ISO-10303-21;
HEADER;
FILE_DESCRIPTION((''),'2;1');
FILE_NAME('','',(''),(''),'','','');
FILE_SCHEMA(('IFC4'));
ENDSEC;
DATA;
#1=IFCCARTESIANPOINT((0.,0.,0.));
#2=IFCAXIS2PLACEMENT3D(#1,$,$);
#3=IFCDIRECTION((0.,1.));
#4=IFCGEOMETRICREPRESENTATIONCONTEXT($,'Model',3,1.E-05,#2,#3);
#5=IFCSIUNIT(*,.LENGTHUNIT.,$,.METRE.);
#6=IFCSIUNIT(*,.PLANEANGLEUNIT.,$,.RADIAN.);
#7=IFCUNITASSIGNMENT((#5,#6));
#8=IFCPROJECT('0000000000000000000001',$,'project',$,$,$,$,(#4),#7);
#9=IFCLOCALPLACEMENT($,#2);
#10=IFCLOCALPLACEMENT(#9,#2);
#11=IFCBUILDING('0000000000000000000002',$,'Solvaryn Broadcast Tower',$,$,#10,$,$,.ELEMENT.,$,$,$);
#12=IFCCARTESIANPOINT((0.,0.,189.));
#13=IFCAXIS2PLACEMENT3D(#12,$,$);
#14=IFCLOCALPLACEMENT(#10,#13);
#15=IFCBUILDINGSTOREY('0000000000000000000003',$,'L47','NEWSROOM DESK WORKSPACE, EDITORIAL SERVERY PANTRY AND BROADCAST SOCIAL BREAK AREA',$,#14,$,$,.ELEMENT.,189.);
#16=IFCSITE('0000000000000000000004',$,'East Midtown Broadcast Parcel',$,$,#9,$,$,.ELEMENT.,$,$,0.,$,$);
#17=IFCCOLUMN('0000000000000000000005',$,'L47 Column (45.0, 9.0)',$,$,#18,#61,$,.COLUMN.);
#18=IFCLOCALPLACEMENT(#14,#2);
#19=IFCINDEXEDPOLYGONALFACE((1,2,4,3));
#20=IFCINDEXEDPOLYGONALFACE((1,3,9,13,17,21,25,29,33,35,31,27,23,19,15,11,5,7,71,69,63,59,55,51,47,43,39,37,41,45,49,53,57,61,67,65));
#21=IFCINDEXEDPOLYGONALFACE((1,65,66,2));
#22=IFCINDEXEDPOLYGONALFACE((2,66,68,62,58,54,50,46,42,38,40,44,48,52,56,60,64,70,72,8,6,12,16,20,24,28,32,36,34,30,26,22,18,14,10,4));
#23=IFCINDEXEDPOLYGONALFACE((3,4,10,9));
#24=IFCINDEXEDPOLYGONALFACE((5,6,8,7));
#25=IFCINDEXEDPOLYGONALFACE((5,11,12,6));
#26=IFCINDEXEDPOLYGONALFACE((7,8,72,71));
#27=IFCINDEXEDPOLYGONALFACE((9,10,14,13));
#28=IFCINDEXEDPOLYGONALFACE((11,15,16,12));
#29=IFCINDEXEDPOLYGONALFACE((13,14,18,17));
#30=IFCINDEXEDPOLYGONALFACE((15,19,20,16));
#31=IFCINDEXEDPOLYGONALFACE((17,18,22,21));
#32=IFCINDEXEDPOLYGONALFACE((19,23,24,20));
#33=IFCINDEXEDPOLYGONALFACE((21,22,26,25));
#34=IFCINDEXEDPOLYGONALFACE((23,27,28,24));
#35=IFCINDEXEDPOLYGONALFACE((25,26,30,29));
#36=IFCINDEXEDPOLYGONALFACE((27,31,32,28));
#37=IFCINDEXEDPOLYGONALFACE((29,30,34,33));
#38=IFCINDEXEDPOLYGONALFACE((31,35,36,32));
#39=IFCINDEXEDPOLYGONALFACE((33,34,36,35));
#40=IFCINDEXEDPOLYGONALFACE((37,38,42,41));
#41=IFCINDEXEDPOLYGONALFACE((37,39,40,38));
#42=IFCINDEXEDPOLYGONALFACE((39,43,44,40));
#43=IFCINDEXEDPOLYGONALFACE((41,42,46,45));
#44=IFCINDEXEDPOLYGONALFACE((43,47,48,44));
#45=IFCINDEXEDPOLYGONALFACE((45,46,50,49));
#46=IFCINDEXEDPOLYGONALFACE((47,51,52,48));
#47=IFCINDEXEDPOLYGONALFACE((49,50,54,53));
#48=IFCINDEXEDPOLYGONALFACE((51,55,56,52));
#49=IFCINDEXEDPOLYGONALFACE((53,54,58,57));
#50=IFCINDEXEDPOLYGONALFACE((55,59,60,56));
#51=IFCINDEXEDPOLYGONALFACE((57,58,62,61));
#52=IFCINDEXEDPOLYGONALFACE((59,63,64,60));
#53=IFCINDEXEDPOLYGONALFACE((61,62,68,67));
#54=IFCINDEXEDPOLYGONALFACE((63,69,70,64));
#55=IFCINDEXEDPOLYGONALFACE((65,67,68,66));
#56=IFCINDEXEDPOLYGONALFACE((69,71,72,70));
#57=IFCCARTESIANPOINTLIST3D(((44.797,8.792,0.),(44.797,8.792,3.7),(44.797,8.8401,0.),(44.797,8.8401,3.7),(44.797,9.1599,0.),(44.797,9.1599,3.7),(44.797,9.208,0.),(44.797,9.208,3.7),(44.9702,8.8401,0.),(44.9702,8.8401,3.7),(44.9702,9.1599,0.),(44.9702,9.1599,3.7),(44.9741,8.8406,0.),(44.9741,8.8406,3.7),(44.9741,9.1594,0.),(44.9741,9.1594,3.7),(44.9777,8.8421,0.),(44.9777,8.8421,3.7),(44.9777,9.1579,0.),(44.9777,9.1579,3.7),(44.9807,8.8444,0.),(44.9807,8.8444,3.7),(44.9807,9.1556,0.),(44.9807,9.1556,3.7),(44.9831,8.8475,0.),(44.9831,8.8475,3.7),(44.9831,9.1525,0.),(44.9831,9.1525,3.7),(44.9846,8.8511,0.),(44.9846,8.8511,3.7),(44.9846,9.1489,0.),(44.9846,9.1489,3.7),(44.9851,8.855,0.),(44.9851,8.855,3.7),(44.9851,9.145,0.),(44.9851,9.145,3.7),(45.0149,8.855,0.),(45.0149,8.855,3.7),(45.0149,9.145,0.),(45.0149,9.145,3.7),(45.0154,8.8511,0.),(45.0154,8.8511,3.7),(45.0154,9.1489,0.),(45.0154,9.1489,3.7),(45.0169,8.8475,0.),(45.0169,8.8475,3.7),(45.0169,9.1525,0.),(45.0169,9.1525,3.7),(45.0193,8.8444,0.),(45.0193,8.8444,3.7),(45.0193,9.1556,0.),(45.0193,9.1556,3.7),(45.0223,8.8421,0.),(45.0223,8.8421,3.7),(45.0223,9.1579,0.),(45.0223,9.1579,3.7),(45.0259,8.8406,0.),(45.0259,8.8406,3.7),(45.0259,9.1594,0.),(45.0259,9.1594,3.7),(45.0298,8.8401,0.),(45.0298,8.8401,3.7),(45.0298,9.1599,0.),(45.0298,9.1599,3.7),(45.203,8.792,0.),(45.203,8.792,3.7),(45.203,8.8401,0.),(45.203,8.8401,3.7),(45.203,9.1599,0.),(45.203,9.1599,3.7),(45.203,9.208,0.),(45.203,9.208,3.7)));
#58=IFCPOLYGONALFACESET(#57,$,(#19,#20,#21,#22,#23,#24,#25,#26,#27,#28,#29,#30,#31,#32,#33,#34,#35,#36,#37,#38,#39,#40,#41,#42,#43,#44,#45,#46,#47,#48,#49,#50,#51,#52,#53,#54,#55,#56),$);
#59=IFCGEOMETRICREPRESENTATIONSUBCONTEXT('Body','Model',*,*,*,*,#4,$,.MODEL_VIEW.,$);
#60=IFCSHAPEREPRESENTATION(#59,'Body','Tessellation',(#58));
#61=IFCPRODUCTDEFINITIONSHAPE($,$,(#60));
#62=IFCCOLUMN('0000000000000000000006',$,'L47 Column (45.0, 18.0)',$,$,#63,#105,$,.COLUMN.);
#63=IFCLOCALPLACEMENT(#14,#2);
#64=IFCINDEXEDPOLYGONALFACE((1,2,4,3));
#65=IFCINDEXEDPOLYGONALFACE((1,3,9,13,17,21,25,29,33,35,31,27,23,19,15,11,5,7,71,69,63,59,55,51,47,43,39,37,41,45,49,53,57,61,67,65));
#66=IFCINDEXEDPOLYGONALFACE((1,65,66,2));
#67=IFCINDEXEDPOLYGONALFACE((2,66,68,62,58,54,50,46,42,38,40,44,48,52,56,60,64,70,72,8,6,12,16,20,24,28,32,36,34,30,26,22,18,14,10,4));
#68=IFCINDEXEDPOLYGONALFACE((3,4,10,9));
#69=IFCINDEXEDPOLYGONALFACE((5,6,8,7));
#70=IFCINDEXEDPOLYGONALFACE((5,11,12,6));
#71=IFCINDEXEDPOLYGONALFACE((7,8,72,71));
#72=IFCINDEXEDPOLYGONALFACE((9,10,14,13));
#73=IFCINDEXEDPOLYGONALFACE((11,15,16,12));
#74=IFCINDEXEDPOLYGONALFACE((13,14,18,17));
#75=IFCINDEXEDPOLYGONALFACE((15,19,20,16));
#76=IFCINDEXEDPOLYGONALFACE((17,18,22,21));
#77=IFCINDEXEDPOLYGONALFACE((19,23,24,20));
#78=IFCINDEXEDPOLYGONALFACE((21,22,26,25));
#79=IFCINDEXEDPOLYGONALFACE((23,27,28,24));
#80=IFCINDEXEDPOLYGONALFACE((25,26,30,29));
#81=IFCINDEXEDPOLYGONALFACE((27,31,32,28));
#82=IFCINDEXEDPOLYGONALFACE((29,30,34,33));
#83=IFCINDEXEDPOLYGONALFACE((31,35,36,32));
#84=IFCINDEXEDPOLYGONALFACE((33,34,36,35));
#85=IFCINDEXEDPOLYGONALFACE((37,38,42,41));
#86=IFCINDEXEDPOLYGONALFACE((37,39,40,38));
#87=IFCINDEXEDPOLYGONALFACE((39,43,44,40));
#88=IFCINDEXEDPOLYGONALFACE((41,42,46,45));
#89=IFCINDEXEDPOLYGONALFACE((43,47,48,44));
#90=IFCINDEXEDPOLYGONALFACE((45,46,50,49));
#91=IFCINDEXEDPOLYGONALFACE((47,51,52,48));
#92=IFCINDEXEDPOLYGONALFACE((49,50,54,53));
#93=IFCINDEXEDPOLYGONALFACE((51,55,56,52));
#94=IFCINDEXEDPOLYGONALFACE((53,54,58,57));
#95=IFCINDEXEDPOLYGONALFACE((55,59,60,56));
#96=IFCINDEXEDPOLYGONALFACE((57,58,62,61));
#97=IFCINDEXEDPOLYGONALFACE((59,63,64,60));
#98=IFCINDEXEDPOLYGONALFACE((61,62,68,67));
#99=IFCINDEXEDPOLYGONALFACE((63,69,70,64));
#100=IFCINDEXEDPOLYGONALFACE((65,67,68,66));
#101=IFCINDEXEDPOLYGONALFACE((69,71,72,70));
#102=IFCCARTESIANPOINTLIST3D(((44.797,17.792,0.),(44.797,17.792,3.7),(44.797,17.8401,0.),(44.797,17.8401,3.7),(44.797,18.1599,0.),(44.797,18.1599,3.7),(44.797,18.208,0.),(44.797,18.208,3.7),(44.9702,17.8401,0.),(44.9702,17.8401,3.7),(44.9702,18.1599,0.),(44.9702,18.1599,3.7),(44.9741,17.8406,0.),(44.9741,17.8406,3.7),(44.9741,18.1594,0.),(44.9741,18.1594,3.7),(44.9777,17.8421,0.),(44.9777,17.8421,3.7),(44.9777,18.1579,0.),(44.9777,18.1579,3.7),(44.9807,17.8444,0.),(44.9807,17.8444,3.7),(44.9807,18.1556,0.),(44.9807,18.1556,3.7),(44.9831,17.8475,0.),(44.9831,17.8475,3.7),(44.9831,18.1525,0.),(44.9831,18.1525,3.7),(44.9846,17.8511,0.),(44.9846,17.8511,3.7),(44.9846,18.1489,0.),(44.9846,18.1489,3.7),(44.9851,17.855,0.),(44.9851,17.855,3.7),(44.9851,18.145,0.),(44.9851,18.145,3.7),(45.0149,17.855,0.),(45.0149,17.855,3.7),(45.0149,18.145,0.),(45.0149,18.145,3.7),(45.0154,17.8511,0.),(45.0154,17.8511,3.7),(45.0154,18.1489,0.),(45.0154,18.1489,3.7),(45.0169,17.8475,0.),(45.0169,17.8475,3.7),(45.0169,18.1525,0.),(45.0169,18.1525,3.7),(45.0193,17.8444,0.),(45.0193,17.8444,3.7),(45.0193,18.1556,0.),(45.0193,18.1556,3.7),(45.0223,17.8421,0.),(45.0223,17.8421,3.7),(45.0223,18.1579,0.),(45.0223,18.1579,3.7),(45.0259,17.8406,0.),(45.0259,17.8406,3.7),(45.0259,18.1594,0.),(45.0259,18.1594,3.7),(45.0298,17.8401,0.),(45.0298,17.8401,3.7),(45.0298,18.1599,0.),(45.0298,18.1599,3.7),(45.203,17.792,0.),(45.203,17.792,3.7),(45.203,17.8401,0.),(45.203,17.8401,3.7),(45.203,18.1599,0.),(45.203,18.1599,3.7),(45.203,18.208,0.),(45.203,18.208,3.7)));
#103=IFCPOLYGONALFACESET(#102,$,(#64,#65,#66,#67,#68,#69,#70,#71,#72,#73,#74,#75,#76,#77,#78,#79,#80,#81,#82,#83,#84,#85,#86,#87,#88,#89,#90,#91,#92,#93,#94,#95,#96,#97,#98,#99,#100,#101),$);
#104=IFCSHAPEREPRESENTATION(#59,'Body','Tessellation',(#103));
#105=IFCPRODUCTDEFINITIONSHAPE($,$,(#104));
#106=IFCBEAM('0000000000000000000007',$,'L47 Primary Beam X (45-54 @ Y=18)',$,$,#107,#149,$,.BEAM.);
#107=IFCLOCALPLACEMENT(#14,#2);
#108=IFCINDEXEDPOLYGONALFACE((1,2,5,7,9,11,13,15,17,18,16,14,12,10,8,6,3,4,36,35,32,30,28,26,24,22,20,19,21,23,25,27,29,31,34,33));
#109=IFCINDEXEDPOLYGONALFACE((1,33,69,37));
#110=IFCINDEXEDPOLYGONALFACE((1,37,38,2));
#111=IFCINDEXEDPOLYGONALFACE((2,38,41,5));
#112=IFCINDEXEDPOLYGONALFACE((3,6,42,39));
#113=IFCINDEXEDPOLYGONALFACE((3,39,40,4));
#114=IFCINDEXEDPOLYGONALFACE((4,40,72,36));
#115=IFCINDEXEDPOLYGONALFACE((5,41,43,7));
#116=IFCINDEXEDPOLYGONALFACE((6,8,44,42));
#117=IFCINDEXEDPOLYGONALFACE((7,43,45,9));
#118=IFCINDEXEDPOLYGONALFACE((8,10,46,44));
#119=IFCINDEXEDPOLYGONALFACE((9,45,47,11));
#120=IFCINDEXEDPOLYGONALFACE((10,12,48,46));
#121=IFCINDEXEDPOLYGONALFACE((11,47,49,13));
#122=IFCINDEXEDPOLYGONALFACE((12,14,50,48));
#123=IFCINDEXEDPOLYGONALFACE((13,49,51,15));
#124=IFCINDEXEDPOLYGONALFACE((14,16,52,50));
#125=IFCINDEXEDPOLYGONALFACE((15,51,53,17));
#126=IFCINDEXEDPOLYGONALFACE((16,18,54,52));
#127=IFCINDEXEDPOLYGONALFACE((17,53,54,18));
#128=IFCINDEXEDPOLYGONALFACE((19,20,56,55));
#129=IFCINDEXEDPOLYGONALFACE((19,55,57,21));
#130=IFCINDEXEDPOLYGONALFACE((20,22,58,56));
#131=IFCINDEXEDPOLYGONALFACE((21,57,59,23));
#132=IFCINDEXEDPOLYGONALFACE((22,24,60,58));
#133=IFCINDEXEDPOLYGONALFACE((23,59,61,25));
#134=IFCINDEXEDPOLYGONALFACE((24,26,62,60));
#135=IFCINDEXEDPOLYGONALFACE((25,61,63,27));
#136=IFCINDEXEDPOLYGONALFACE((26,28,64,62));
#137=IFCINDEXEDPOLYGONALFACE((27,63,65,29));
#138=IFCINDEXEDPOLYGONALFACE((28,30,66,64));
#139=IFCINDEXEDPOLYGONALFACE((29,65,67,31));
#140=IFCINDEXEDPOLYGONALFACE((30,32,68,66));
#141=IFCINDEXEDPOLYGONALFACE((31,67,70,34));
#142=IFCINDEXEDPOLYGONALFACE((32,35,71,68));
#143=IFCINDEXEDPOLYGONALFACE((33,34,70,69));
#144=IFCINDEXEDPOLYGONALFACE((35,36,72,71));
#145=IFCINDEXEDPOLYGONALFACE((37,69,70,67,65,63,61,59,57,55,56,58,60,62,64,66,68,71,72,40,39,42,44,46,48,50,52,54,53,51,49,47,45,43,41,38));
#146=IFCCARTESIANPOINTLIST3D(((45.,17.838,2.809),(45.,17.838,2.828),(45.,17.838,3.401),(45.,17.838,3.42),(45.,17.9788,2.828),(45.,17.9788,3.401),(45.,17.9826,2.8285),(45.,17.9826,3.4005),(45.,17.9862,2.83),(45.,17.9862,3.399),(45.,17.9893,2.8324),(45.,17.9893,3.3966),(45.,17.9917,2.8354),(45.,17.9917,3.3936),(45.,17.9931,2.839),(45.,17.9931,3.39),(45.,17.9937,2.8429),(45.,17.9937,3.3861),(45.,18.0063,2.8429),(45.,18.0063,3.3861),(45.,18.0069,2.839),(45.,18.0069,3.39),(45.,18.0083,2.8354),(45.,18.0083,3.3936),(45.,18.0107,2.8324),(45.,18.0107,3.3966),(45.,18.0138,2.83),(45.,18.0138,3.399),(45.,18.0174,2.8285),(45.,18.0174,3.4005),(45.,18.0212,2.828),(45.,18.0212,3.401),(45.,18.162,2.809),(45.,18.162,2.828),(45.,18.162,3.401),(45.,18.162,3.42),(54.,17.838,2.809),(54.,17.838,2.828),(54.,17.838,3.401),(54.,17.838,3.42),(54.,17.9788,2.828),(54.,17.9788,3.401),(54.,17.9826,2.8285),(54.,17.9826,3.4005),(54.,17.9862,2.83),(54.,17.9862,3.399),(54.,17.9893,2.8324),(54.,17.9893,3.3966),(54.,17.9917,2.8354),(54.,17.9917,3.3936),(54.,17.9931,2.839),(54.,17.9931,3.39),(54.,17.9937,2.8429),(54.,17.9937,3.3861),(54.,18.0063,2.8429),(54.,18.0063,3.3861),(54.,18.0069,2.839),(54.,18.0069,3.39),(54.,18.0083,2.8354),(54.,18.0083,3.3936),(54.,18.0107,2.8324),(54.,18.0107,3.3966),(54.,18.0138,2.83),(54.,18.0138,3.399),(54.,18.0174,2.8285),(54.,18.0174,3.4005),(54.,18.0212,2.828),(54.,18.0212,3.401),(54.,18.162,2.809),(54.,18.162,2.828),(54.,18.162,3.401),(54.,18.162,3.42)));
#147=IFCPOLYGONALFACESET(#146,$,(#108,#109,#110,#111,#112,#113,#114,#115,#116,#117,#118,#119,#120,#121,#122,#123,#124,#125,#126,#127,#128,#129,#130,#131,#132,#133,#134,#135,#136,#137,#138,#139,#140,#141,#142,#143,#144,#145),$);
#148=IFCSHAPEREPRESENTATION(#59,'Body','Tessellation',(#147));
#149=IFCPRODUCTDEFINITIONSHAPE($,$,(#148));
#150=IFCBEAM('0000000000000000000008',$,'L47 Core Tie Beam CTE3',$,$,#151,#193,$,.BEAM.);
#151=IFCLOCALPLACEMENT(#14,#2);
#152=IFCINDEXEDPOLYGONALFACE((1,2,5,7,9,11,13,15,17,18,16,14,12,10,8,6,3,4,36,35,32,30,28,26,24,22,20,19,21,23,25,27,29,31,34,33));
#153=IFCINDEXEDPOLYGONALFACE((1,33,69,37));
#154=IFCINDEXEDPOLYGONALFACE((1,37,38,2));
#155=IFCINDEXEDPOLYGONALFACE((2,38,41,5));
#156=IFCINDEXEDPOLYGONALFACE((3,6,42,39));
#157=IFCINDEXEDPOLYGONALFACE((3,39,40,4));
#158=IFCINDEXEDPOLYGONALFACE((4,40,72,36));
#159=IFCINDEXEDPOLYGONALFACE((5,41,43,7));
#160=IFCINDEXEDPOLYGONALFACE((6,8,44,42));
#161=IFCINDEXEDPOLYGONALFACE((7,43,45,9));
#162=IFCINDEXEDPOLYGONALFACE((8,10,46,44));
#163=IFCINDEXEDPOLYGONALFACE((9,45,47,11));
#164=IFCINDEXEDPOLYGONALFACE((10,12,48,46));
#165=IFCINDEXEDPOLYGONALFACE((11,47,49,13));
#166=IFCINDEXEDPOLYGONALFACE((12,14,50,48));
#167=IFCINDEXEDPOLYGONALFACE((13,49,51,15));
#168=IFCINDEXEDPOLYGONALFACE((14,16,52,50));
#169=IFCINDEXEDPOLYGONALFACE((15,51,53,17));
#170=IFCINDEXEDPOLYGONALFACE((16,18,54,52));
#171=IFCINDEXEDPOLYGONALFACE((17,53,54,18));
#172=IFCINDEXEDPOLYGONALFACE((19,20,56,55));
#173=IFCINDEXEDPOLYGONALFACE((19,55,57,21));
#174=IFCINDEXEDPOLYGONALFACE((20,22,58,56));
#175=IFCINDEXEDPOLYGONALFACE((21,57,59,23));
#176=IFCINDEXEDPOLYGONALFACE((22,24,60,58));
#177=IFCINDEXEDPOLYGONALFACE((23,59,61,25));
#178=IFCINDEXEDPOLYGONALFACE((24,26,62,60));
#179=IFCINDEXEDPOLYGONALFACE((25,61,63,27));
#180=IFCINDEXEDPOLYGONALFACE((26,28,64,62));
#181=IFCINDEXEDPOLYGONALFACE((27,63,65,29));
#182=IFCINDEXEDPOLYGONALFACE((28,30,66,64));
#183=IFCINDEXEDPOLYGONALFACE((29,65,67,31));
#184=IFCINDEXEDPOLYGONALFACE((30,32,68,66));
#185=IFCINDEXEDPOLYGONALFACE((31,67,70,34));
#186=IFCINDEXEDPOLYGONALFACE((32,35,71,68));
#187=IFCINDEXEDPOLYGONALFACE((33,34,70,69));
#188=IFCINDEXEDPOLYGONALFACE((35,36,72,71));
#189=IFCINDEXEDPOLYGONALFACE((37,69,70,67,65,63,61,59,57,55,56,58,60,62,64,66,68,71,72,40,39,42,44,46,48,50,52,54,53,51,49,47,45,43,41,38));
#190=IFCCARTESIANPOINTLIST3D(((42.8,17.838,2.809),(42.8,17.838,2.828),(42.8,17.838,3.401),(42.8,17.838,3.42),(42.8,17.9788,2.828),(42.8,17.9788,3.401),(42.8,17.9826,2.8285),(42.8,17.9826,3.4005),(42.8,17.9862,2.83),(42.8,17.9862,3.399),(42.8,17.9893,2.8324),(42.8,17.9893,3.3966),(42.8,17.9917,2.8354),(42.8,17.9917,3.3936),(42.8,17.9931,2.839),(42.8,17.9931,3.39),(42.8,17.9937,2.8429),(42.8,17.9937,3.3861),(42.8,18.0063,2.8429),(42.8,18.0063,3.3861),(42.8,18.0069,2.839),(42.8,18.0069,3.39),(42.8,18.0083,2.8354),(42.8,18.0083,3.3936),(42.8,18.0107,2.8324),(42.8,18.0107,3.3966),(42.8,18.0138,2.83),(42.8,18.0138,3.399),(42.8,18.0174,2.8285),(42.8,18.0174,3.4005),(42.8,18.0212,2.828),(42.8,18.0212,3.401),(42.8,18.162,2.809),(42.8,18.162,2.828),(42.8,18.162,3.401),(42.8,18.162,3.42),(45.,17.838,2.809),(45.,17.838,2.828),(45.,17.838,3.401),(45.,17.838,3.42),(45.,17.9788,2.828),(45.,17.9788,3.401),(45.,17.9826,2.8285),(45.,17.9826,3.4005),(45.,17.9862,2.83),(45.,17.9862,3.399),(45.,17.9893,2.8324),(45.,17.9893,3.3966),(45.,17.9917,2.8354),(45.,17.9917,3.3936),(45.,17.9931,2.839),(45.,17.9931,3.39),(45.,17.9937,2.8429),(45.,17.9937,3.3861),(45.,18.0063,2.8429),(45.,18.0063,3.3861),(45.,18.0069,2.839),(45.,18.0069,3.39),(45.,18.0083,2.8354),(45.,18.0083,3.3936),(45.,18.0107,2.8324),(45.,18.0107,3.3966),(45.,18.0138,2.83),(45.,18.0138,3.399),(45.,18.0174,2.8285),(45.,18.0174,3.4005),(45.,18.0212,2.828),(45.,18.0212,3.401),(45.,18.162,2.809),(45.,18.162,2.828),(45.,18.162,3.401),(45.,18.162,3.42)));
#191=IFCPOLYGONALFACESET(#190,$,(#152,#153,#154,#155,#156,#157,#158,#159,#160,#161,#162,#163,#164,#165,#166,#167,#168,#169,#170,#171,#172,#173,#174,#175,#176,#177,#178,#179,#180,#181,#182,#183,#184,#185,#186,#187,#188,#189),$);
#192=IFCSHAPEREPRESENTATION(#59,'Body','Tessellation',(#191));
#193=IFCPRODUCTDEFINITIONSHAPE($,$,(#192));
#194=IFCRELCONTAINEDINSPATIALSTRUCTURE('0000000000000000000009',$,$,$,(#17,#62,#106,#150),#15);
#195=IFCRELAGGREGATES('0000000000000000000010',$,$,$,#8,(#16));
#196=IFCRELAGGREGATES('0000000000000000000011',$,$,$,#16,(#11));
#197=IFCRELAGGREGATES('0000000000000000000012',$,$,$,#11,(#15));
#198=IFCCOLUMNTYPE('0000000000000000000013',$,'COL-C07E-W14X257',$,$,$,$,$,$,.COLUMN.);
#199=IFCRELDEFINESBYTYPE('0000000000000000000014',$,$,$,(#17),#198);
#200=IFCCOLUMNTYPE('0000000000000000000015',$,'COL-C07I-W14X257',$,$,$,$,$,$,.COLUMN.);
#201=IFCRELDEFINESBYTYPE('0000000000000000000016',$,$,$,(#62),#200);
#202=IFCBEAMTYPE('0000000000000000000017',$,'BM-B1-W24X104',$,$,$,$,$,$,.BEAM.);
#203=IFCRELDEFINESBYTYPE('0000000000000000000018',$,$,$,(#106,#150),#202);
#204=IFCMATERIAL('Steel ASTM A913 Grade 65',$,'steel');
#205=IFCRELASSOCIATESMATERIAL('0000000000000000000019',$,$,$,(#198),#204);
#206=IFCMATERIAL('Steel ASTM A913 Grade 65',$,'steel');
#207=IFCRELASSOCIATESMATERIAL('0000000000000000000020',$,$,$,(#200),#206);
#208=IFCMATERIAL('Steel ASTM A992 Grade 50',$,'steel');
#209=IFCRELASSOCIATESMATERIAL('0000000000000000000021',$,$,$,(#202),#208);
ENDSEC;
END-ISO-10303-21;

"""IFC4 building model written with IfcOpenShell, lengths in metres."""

from ifc_helpers import new_model, si_unit, direction, frame, origin, origin_2d, place, context, subcontext, project, spatial, i_section, extrude, material, material_profile, profile_set, type_object, element, save


model = new_model("IFC4")

# Units and contexts
model_context = context("Model", 3, precision=1e-05, world=origin(), true_north=direction((0.0, 1.0)))
body_context = subcontext(model_context, "Body", "Model", "MODEL_VIEW")
ifc_project = project(units=[si_unit("LENGTHUNIT", "METRE"), si_unit("PLANEANGLEUNIT", "RADIAN")], contexts=[model_context])

# Site, building, storey
site_placement = place(None, origin())
site = spatial("IfcSite", under=ifc_project, at=site_placement, Name="East Midtown Broadcast Parcel", CompositionType="ELEMENT", RefElevation=0.0)
building_placement = place(site_placement, origin())
building = spatial("IfcBuilding", under=site, at=building_placement, Name="Solvaryn Broadcast Tower", CompositionType="ELEMENT")
storey_placement = place(building_placement, frame((0.0, 0.0, 189.0)))
storey = spatial("IfcBuildingStorey", under=building, at=storey_placement, Name="L47", Description="NEWSROOM DESK WORKSPACE, EDITORIAL SERVERY PANTRY AND BROADCAST SOCIAL BREAK AREA", CompositionType="ELEMENT", Elevation=189.0)

# Columns
ifc_material_1 = material(Name="Steel ASTM A913 Grade 65", Category="steel")
ifc_material_profile_1 = material_profile(ifc_material_1, i_section(OverallWidth=0.406, OverallDepth=0.416, WebThickness=0.0298, FlangeThickness=0.0481, FilletRadius=0.0149, at=origin_2d()))
ifc_profile_set_1 = profile_set([ifc_material_profile_1], Name="Steel ASTM A913 Grade 65")
column_type_1 = type_object("IfcColumnType", Name="COL-C07E-W14X257", PredefinedType="COLUMN", material=ifc_profile_set_1)
column_1_placement = place(storey_placement, frame((45.0, 9.0, 0.0), z_axis=(0.0, 0.0, 1.0), x_axis=(1.0, 0.0, 0.0)))
element("IfcColumn", 1, at=column_1_placement, inside=storey, type_object=column_type_1, Name="L47 Column (45.0, 9.0)", PredefinedType="COLUMN", context=body_context, shape_type="SweptSolid", body=[
    extrude(i_section(OverallWidth=0.406, OverallDepth=0.416, WebThickness=0.0298, FlangeThickness=0.0481, FilletRadius=0.0149, at=origin_2d()), origin(), (0.0, 0.0, 1.0), 3.7),
])
ifc_material_2 = material(Name="Steel ASTM A913 Grade 65", Category="steel")
ifc_material_profile_2 = material_profile(ifc_material_2, i_section(OverallWidth=0.406, OverallDepth=0.416, WebThickness=0.0298, FlangeThickness=0.0481, FilletRadius=0.0149, at=origin_2d()))
ifc_profile_set_2 = profile_set([ifc_material_profile_2], Name="Steel ASTM A913 Grade 65")
column_type_2 = type_object("IfcColumnType", Name="COL-C07I-W14X257", PredefinedType="COLUMN", material=ifc_profile_set_2)
column_2_placement = place(storey_placement, frame((45.0, 18.0, 0.0), z_axis=(0.0, 0.0, 1.0), x_axis=(1.0, 0.0, 0.0)))
element("IfcColumn", 2, at=column_2_placement, inside=storey, type_object=column_type_2, Name="L47 Column (45.0, 18.0)", PredefinedType="COLUMN", context=body_context, shape_type="SweptSolid", body=[
    extrude(i_section(OverallWidth=0.406, OverallDepth=0.416, WebThickness=0.0298, FlangeThickness=0.0481, FilletRadius=0.0149, at=origin_2d()), origin(), (0.0, 0.0, 1.0), 3.7),
])

# Beams
ifc_material_3 = material(Name="Steel ASTM A992 Grade 50", Category="steel")
ifc_material_profile_3 = material_profile(ifc_material_3, i_section(OverallWidth=0.324, OverallDepth=0.6111, WebThickness=0.0127, FlangeThickness=0.019, FilletRadius=0.0149, at=origin_2d()))
ifc_profile_set_3 = profile_set([ifc_material_profile_3], Name="Steel ASTM A992 Grade 50")
beam_type = type_object("IfcBeamType", Name="BM-B1-W24X104", PredefinedType="BEAM", material=ifc_profile_set_3)
beam_1_placement = place(storey_placement, frame((45.0, 18.0, 3.1145), z_axis=(1.0, 0.0, 0.0), x_axis=(0.0, 1.0, 0.0)))
element("IfcBeam", 3, at=beam_1_placement, inside=storey, type_object=beam_type, Name="L47 Primary Beam X (45-54 @ Y=18)", PredefinedType="BEAM", context=body_context, shape_type="SweptSolid", body=[
    extrude(i_section(OverallWidth=0.324, OverallDepth=0.6111, WebThickness=0.0127, FlangeThickness=0.019, FilletRadius=0.0149, at=origin_2d()), origin(), (0.0, 0.0, 1.0), 9.0),
])
beam_2_placement = place(storey_placement, frame((42.8, 18.0, 3.1145), z_axis=(1.0, 0.0, 0.0), x_axis=(0.0, 1.0, 0.0)))
element("IfcBeam", 4, at=beam_2_placement, inside=storey, type_object=beam_type, Name="L47 Core Tie Beam CTE3", PredefinedType="BEAM", context=body_context, shape_type="SweptSolid", body=[
    extrude(i_section(OverallWidth=0.324, OverallDepth=0.6111, WebThickness=0.0127, FlangeThickness=0.019, FilletRadius=0.0149, at=origin_2d()), origin(), (0.0, 0.0, 1.0), 2.2),
])

save(model, "model.ifc")
